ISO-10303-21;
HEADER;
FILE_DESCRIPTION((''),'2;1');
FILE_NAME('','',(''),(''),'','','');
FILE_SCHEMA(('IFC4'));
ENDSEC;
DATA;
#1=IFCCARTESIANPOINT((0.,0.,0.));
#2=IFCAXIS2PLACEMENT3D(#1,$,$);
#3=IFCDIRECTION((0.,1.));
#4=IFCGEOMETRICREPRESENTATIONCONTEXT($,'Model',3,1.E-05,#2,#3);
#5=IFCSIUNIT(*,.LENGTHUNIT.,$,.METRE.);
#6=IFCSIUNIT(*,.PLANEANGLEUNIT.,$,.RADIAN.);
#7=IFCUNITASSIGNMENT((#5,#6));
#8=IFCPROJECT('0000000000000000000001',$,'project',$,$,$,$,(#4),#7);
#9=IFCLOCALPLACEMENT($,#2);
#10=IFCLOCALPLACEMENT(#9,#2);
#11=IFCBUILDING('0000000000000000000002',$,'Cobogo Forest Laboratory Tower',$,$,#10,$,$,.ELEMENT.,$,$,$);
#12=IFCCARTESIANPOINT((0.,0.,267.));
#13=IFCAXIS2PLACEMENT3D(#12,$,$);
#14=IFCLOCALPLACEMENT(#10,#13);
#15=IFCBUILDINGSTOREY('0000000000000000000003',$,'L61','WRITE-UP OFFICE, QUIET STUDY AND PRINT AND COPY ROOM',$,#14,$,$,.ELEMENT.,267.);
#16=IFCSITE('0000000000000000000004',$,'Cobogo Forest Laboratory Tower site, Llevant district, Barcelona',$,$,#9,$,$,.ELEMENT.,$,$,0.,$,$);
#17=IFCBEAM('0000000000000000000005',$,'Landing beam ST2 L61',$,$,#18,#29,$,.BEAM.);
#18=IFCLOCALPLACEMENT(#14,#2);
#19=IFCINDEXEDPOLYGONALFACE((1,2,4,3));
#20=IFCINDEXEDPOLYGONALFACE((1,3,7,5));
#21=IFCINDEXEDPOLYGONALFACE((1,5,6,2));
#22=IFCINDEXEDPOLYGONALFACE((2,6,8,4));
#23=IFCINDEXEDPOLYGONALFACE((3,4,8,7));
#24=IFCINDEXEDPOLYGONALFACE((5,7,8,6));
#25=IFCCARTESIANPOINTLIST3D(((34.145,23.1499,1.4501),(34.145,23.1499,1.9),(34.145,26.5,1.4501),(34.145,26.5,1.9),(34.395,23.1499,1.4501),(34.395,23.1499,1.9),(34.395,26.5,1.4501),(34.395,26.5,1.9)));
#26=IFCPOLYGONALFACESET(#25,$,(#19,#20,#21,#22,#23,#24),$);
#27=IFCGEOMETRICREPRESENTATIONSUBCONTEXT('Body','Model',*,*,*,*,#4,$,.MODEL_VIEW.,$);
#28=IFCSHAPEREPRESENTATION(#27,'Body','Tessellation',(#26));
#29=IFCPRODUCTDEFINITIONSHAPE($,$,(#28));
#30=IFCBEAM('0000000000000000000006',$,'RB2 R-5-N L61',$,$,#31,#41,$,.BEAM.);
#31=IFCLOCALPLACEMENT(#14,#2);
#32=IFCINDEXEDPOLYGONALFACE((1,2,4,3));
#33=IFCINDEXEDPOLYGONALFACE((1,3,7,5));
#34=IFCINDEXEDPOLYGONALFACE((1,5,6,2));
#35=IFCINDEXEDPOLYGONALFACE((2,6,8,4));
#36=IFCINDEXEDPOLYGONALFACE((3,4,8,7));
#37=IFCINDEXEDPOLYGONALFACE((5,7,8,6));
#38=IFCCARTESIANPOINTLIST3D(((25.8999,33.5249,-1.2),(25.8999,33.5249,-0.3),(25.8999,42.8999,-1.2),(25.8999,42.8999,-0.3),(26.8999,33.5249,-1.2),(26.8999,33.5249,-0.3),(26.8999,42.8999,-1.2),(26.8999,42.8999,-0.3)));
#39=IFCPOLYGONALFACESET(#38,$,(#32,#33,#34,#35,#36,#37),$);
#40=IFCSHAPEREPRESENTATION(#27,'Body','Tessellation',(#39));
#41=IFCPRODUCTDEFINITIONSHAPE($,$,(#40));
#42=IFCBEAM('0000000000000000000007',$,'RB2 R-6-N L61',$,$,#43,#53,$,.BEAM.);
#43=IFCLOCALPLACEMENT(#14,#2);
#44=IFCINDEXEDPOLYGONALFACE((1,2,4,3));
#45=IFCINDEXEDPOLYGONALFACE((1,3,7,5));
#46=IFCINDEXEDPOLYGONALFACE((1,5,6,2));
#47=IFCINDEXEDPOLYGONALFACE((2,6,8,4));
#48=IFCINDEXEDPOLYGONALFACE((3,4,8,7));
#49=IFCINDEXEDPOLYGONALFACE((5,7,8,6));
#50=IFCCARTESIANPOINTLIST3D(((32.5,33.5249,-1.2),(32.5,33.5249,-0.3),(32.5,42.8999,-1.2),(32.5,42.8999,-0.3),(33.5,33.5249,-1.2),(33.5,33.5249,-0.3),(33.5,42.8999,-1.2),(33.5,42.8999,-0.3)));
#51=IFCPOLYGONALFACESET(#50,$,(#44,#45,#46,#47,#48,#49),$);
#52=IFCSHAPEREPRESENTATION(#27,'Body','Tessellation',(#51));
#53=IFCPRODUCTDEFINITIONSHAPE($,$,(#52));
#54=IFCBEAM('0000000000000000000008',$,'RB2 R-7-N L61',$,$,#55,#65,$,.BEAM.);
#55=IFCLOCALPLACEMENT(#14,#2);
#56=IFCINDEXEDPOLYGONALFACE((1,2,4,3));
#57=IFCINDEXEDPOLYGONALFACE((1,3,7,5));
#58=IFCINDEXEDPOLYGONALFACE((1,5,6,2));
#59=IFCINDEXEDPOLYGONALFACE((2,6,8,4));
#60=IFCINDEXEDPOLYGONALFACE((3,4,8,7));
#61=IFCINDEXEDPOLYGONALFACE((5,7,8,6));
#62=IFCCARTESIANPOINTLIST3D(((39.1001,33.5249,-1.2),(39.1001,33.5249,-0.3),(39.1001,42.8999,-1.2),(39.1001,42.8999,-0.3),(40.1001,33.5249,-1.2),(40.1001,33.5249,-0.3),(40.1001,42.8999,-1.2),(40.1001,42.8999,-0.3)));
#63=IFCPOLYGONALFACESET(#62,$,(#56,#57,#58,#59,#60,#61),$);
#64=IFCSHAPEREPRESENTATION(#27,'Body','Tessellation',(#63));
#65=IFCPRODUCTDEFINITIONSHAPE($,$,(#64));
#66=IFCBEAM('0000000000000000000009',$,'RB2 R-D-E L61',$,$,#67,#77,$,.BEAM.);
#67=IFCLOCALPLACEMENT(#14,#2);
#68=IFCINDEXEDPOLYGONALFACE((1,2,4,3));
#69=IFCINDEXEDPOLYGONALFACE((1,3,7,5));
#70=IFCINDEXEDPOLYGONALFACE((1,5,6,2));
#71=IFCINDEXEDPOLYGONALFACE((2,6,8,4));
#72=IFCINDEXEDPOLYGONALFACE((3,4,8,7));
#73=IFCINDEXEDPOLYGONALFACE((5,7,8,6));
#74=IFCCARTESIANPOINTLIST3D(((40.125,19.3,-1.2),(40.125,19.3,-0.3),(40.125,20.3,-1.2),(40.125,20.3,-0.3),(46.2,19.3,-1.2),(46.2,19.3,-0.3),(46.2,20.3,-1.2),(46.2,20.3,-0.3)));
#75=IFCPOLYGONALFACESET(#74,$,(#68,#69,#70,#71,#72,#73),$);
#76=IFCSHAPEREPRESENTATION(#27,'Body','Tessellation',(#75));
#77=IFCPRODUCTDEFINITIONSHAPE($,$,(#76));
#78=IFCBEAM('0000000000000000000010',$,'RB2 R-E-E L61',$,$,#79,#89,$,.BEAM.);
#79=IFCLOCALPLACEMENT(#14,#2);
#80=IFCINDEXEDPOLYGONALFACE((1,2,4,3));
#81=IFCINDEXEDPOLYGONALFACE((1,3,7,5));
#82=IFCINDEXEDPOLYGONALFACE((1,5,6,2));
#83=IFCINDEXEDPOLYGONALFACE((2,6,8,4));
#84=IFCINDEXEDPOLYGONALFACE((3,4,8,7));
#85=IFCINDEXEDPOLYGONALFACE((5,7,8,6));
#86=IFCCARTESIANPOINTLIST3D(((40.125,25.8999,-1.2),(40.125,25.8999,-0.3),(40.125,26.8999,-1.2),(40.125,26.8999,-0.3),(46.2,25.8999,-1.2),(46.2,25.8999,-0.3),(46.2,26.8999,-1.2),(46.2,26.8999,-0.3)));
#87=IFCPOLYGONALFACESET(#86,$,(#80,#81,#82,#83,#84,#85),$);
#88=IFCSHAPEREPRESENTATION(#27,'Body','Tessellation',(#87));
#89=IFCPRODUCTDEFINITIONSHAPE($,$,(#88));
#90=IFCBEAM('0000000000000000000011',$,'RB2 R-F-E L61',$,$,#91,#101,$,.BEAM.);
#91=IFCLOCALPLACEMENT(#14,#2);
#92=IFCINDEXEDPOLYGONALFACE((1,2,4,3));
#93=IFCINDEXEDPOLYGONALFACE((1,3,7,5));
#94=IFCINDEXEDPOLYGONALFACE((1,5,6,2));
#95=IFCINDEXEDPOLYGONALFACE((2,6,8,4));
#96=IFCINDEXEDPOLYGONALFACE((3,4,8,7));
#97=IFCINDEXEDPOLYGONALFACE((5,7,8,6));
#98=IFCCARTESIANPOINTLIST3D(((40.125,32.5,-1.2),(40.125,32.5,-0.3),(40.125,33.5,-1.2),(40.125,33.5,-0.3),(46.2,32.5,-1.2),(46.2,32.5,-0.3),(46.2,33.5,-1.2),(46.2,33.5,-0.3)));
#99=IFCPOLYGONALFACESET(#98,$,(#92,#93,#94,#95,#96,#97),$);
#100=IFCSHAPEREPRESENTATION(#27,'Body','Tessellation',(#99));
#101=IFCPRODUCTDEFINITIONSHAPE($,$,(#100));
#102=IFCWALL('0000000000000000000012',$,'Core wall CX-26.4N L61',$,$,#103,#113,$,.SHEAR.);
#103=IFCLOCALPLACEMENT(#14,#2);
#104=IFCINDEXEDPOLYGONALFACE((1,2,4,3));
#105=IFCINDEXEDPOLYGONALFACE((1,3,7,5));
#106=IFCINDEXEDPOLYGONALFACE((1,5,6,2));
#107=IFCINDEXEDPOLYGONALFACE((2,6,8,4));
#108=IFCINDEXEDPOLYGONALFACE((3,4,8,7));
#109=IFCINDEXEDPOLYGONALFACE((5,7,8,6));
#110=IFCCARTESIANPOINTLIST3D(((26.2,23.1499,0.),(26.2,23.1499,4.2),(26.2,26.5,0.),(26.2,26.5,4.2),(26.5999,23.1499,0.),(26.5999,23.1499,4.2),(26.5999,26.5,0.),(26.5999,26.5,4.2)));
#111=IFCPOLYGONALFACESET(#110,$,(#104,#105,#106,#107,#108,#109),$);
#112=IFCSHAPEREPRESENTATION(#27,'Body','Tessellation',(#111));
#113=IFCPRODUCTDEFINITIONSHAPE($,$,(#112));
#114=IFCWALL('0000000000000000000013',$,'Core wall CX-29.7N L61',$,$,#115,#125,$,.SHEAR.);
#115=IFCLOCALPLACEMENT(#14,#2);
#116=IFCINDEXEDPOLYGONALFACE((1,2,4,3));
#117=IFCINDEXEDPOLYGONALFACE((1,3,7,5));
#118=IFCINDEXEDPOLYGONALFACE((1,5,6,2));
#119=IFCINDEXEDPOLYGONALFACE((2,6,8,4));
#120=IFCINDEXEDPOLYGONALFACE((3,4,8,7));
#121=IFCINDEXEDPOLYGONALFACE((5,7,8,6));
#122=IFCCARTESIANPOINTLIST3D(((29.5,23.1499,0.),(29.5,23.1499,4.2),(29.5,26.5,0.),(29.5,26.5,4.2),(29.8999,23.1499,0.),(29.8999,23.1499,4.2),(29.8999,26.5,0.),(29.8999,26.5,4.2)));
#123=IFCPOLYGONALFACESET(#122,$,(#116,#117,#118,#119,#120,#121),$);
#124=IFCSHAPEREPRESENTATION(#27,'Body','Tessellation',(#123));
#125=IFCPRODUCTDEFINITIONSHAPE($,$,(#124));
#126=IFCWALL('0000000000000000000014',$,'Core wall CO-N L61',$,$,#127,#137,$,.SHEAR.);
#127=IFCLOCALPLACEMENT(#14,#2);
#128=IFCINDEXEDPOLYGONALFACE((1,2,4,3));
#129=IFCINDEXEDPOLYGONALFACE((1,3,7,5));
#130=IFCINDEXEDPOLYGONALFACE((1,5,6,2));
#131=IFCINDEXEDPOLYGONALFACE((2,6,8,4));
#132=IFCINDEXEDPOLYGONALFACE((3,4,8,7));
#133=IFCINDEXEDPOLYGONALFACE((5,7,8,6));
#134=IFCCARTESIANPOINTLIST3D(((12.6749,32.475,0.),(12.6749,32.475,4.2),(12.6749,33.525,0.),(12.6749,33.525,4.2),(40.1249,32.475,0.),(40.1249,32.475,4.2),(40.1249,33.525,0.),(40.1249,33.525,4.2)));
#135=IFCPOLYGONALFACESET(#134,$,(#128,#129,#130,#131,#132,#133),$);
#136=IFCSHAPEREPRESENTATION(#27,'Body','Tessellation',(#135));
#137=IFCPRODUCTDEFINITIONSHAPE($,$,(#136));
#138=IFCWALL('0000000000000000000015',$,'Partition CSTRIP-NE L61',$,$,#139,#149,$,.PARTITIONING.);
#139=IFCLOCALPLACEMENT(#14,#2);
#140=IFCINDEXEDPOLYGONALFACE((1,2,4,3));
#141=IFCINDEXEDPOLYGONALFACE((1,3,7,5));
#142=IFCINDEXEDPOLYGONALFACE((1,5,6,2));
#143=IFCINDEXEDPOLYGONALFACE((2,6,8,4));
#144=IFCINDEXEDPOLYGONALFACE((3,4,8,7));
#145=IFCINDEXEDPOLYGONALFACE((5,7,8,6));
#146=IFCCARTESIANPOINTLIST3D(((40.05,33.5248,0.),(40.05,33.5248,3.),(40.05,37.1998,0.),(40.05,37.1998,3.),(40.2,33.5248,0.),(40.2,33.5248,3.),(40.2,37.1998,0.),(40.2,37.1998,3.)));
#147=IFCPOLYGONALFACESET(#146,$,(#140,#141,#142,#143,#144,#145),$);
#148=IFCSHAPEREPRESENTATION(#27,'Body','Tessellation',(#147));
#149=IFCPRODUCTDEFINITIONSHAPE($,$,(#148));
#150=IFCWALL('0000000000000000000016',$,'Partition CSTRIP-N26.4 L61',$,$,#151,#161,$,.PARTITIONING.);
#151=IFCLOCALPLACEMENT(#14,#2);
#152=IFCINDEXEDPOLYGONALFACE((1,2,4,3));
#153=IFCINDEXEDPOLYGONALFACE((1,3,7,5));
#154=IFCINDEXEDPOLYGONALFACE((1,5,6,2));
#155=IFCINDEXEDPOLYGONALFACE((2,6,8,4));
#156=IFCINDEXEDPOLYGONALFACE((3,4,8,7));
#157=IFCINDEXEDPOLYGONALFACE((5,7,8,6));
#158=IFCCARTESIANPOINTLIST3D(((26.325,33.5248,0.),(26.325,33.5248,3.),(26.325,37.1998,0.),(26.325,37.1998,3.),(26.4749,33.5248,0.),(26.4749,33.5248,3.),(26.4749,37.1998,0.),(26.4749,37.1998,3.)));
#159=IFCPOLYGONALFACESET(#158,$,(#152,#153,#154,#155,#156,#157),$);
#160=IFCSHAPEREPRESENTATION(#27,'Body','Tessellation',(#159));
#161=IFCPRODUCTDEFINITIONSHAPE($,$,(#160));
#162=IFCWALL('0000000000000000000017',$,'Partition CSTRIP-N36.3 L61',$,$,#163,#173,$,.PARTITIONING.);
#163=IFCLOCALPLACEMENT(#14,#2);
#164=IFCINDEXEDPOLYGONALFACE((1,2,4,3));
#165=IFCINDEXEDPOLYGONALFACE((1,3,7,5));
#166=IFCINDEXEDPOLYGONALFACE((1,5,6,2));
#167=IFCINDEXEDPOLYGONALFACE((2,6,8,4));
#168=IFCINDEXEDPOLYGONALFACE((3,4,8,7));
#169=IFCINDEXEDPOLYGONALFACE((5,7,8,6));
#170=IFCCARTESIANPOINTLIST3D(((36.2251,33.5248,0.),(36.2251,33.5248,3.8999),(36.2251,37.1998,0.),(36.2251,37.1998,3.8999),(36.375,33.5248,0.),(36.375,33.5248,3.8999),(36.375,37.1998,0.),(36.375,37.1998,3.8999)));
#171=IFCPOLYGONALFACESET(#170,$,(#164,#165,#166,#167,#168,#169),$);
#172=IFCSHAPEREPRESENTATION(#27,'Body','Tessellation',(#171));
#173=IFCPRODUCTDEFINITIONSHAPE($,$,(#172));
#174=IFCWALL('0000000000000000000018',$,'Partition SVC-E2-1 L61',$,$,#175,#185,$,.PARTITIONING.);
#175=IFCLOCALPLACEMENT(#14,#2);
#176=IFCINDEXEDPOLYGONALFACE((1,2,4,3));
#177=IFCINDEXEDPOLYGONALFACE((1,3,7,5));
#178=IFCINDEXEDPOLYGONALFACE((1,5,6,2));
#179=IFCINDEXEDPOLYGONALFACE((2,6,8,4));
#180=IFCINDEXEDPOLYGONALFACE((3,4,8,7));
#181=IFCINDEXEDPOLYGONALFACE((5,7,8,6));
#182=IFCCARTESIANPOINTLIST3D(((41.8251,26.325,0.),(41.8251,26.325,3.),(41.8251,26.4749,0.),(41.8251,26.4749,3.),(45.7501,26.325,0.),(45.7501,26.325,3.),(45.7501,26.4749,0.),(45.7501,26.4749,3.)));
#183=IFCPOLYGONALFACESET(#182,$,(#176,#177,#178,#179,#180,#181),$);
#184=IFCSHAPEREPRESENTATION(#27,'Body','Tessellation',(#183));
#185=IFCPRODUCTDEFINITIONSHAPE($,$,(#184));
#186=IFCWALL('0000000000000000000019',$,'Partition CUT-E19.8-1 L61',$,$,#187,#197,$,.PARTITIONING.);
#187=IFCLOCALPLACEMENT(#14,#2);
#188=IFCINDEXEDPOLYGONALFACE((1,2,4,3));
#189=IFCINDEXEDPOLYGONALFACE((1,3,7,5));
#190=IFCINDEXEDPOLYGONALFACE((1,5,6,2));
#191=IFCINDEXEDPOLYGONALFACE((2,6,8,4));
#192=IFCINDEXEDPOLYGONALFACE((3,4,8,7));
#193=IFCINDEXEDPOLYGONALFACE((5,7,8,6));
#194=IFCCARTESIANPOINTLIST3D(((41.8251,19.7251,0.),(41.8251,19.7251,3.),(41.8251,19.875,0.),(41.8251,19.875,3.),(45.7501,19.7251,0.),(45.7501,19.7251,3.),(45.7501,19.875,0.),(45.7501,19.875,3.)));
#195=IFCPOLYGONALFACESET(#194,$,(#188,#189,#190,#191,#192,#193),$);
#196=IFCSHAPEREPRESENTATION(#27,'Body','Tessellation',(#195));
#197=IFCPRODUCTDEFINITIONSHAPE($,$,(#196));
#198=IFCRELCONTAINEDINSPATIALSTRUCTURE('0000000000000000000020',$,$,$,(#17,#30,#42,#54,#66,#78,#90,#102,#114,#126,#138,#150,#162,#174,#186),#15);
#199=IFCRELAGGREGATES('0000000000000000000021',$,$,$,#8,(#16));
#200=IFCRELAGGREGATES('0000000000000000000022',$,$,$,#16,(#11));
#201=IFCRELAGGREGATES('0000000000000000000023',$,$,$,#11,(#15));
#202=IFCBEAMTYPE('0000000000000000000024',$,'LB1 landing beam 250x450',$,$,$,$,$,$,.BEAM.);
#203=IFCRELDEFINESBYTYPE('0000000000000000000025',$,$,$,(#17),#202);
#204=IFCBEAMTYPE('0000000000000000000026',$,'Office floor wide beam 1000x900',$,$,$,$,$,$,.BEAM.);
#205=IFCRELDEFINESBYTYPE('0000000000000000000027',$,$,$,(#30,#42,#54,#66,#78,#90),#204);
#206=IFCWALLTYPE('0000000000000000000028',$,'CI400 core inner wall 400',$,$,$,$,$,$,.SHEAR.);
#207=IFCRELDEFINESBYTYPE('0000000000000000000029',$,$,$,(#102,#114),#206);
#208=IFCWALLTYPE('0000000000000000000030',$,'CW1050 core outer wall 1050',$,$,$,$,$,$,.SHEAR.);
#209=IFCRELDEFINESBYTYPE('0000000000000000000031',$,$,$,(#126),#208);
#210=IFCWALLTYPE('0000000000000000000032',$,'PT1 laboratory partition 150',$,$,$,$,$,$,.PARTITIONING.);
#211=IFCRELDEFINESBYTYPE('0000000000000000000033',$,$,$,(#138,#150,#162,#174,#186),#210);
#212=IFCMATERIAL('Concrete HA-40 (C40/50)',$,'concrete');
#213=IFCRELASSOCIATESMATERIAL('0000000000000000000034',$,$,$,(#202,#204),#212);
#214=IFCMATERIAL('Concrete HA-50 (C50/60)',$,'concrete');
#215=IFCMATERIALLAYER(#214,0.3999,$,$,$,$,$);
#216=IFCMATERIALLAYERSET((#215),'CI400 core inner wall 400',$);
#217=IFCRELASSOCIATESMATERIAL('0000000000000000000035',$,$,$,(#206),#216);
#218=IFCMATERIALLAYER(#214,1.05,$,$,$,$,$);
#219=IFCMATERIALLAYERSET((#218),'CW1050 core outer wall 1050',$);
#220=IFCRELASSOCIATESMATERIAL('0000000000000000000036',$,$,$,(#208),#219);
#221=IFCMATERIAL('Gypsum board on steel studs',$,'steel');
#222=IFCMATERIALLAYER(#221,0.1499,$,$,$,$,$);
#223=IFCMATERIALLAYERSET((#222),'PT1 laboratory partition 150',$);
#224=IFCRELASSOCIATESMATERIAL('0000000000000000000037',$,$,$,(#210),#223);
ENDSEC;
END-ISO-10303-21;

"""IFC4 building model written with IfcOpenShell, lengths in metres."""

from ifc_helpers import new_model, si_unit, direction, frame, frame_2d, origin, origin_2d, place, context, subcontext, project, spatial, rectangle, extrude, material, layer, layer_set, material_profile, profile_set, type_object, element, save


model = new_model("IFC4")

# Units and contexts
model_context = context("Model", 3, precision=1e-05, world=origin(), true_north=direction((0.0, 1.0)))
body_context = subcontext(model_context, "Body", "Model", "MODEL_VIEW")
ifc_project = project(units=[si_unit("LENGTHUNIT", "METRE"), si_unit("PLANEANGLEUNIT", "RADIAN")], contexts=[model_context])

# Site, building, storey
site_placement = place(None, origin())
site = spatial("IfcSite", under=ifc_project, at=site_placement, Name="Cobogo Forest Laboratory Tower site, Llevant district, Barcelona", CompositionType="ELEMENT", RefElevation=0.0)
building_placement = place(site_placement, origin())
building = spatial("IfcBuilding", under=site, at=building_placement, Name="Cobogo Forest Laboratory Tower", CompositionType="ELEMENT")
storey_placement = place(building_placement, frame((0.0, 0.0, 267.0)))
storey = spatial("IfcBuildingStorey", under=building, at=storey_placement, Name="L61", Description="WRITE-UP OFFICE, QUIET STUDY AND PRINT AND COPY ROOM", CompositionType="ELEMENT", Elevation=267.0)

# Beams
ifc_material_1 = material(Name="Concrete HA-40 (C40/50)", Category="concrete")
ifc_material_profile_1 = material_profile(ifc_material_1, rectangle(XDim=0.25, YDim=0.45, at=origin_2d()), Name="RC 250x450")
ifc_profile_set_1 = profile_set([ifc_material_profile_1], Name="Concrete HA-40 (C40/50)")
beam_type_1 = type_object("IfcBeamType", Name="LB1 landing beam 250x450", PredefinedType="BEAM", material=ifc_profile_set_1)
beam_placement = place(storey_placement, frame((34.27, 23.1499, 1.675), z_axis=(0.0, 1.0, 0.0), x_axis=(-1.0, 0.0, 0.0)))
element("IfcBeam", 1, at=beam_placement, inside=storey, type_object=beam_type_1, Name="Landing beam ST2 L61", PredefinedType="BEAM", context=body_context, shape_type="SweptSolid", body=[
    extrude(rectangle(XDim=0.25, YDim=0.45, at=origin_2d()), origin(), (0.0, 0.0, 1.0), 3.3501),
])
ifc_material_profile_2 = material_profile(ifc_material_1, rectangle(XDim=1.0, YDim=0.8999, at=origin_2d()), Name="RC 1000x900")
ifc_profile_set_2 = profile_set([ifc_material_profile_2], Name="Concrete HA-40 (C40/50)")
beam_type_2 = type_object("IfcBeamType", Name="Office floor wide beam 1000x900", PredefinedType="BEAM", material=ifc_profile_set_2)
for number, where, z_axis, x_axis, name in (
    (2, (26.3999, 33.5249, -0.75), (0.0, 1.0, 0.0), (-1.0, 0.0, 0.0), "RB2 R-5-N L61"),
    (3, (33.0, 33.5249, -0.75), (0.0, 1.0, 0.0), (-1.0, 0.0, 0.0), "RB2 R-6-N L61"),
    (4, (39.6001, 33.5249, -0.75), (0.0, 1.0, 0.0), (-1.0, 0.0, 0.0), "RB2 R-7-N L61"),
):
    element("IfcBeam", number, at=place(storey_placement, frame(where, z_axis=z_axis, x_axis=x_axis)), inside=storey, type_object=beam_type_2, Name=name, PredefinedType="BEAM", context=body_context, shape_type="SweptSolid", body=[
        extrude(rectangle(XDim=1.0, YDim=0.8999, at=origin_2d()), origin(), (0.0, 0.0, 1.0), 9.375),
    ])
for number, where, z_axis, x_axis, name in (
    (5, (40.125, 19.8, -0.75), (1.0, 0.0, 0.0), (0.0, 1.0, 0.0), "RB2 R-D-E L61"),
    (6, (40.125, 26.3999, -0.75), (1.0, 0.0, 0.0), (0.0, 1.0, 0.0), "RB2 R-E-E L61"),
    (7, (40.125, 33.0, -0.75), (1.0, 0.0, 0.0), (0.0, 1.0, 0.0), "RB2 R-F-E L61"),
):
    element("IfcBeam", number, at=place(storey_placement, frame(where, z_axis=z_axis, x_axis=x_axis)), inside=storey, type_object=beam_type_2, Name=name, PredefinedType="BEAM", context=body_context, shape_type="SweptSolid", body=[
        extrude(rectangle(XDim=1.0, YDim=0.8999, at=origin_2d()), origin(), (0.0, 0.0, 1.0), 6.075),
    ])

# Walls
ifc_material_2 = material(Name="Concrete HA-50 (C50/60)", Category="concrete")
ifc_layer_1 = layer(ifc_material_2, 0.3999)
ifc_layer_set_1 = layer_set([ifc_layer_1], Name="CI400 core inner wall 400")
wall_type_1 = type_object("IfcWallType", Name="CI400 core inner wall 400", PredefinedType="SHEAR", material=ifc_layer_set_1)
for number, where, z_axis, x_axis, name in (
    (8, (26.3999, 23.1499, 0.0), (0.0, 0.0, 1.0), (0.0, 1.0, 0.0), "Core wall CX-26.4N L61"),
    (9, (29.7, 23.1499, 0.0), (0.0, 0.0, 1.0), (0.0, 1.0, 0.0), "Core wall CX-29.7N L61"),
):
    element("IfcWall", number, at=place(storey_placement, frame(where, z_axis=z_axis, x_axis=x_axis)), inside=storey, type_object=wall_type_1, Name=name, PredefinedType="SHEAR", context=body_context, shape_type="SweptSolid", body=[
        extrude(rectangle(XDim=3.3501, YDim=0.3999, at=frame_2d((1.675, 0.0))), origin(), (0.0, 0.0, 1.0), 4.2),
    ])
ifc_layer_2 = layer(ifc_material_2, 1.05)
ifc_layer_set_2 = layer_set([ifc_layer_2], Name="CW1050 core outer wall 1050")
wall_type_2 = type_object("IfcWallType", Name="CW1050 core outer wall 1050", PredefinedType="SHEAR", material=ifc_layer_set_2)
wall_1_placement = place(storey_placement, frame((40.125, 33.0, 0.0), z_axis=(0.0, 0.0, 1.0), x_axis=(-1.0, 0.0, 0.0)))
element("IfcWall", 10, at=wall_1_placement, inside=storey, type_object=wall_type_2, Name="Core wall CO-N L61", PredefinedType="SHEAR", context=body_context, shape_type="SweptSolid", body=[
    extrude(rectangle(XDim=27.45, YDim=1.05, at=frame_2d((13.7251, 0.0))), origin(), (0.0, 0.0, 1.0), 4.2),
])
ifc_material_3 = material(Name="Gypsum board on steel studs", Category="steel")
ifc_layer_3 = layer(ifc_material_3, 0.1499)
ifc_layer_set_3 = layer_set([ifc_layer_3], Name="PT1 laboratory partition 150")
wall_type_3 = type_object("IfcWallType", Name="PT1 laboratory partition 150", PredefinedType="PARTITIONING", material=ifc_layer_set_3)
for number, where, z_axis, x_axis, name in (
    (11, (40.125, 33.5249, 0.0), (0.0, 0.0, 1.0), (0.0, 1.0, 0.0), "Partition CSTRIP-NE L61"),
    (12, (26.3999, 33.5249, 0.0), (0.0, 0.0, 1.0), (0.0, 1.0, 0.0), "Partition CSTRIP-N26.4 L61"),
):
    element("IfcWall", number, at=place(storey_placement, frame(where, z_axis=z_axis, x_axis=x_axis)), inside=storey, type_object=wall_type_3, Name=name, PredefinedType="PARTITIONING", context=body_context, shape_type="SweptSolid", body=[
        extrude(rectangle(XDim=3.675, YDim=0.1499, at=frame_2d((1.8374, 0.0))), origin(), (0.0, 0.0, 1.0), 3.0),
    ])
wall_2_placement = place(storey_placement, frame((36.3, 33.5249, 0.0), z_axis=(0.0, 0.0, 1.0), x_axis=(0.0, 1.0, 0.0)))
element("IfcWall", 13, at=wall_2_placement, inside=storey, type_object=wall_type_3, Name="Partition CSTRIP-N36.3 L61", PredefinedType="PARTITIONING", context=body_context, shape_type="SweptSolid", body=[
    extrude(rectangle(XDim=3.675, YDim=0.1499, at=frame_2d((1.8374, 0.0))), origin(), (0.0, 0.0, 1.0), 3.8999),
])
for number, where, z_axis, x_axis, name in (
    (14, (45.75, 26.3999, 0.0), (0.0, 0.0, 1.0), (-1.0, 0.0, 0.0), "Partition SVC-E2-1 L61"),
    (15, (45.75, 19.8, 0.0), (0.0, 0.0, 1.0), (-1.0, 0.0, 0.0), "Partition CUT-E19.8-1 L61"),
):
    element("IfcWall", number, at=place(storey_placement, frame(where, z_axis=z_axis, x_axis=x_axis)), inside=storey, type_object=wall_type_3, Name=name, PredefinedType="PARTITIONING", context=body_context, shape_type="SweptSolid", body=[
        extrude(rectangle(XDim=3.925, YDim=0.1499, at=frame_2d((1.9624, 0.0))), origin(), (0.0, 0.0, 1.0), 3.0),
    ])

save(model, "model.ifc")
